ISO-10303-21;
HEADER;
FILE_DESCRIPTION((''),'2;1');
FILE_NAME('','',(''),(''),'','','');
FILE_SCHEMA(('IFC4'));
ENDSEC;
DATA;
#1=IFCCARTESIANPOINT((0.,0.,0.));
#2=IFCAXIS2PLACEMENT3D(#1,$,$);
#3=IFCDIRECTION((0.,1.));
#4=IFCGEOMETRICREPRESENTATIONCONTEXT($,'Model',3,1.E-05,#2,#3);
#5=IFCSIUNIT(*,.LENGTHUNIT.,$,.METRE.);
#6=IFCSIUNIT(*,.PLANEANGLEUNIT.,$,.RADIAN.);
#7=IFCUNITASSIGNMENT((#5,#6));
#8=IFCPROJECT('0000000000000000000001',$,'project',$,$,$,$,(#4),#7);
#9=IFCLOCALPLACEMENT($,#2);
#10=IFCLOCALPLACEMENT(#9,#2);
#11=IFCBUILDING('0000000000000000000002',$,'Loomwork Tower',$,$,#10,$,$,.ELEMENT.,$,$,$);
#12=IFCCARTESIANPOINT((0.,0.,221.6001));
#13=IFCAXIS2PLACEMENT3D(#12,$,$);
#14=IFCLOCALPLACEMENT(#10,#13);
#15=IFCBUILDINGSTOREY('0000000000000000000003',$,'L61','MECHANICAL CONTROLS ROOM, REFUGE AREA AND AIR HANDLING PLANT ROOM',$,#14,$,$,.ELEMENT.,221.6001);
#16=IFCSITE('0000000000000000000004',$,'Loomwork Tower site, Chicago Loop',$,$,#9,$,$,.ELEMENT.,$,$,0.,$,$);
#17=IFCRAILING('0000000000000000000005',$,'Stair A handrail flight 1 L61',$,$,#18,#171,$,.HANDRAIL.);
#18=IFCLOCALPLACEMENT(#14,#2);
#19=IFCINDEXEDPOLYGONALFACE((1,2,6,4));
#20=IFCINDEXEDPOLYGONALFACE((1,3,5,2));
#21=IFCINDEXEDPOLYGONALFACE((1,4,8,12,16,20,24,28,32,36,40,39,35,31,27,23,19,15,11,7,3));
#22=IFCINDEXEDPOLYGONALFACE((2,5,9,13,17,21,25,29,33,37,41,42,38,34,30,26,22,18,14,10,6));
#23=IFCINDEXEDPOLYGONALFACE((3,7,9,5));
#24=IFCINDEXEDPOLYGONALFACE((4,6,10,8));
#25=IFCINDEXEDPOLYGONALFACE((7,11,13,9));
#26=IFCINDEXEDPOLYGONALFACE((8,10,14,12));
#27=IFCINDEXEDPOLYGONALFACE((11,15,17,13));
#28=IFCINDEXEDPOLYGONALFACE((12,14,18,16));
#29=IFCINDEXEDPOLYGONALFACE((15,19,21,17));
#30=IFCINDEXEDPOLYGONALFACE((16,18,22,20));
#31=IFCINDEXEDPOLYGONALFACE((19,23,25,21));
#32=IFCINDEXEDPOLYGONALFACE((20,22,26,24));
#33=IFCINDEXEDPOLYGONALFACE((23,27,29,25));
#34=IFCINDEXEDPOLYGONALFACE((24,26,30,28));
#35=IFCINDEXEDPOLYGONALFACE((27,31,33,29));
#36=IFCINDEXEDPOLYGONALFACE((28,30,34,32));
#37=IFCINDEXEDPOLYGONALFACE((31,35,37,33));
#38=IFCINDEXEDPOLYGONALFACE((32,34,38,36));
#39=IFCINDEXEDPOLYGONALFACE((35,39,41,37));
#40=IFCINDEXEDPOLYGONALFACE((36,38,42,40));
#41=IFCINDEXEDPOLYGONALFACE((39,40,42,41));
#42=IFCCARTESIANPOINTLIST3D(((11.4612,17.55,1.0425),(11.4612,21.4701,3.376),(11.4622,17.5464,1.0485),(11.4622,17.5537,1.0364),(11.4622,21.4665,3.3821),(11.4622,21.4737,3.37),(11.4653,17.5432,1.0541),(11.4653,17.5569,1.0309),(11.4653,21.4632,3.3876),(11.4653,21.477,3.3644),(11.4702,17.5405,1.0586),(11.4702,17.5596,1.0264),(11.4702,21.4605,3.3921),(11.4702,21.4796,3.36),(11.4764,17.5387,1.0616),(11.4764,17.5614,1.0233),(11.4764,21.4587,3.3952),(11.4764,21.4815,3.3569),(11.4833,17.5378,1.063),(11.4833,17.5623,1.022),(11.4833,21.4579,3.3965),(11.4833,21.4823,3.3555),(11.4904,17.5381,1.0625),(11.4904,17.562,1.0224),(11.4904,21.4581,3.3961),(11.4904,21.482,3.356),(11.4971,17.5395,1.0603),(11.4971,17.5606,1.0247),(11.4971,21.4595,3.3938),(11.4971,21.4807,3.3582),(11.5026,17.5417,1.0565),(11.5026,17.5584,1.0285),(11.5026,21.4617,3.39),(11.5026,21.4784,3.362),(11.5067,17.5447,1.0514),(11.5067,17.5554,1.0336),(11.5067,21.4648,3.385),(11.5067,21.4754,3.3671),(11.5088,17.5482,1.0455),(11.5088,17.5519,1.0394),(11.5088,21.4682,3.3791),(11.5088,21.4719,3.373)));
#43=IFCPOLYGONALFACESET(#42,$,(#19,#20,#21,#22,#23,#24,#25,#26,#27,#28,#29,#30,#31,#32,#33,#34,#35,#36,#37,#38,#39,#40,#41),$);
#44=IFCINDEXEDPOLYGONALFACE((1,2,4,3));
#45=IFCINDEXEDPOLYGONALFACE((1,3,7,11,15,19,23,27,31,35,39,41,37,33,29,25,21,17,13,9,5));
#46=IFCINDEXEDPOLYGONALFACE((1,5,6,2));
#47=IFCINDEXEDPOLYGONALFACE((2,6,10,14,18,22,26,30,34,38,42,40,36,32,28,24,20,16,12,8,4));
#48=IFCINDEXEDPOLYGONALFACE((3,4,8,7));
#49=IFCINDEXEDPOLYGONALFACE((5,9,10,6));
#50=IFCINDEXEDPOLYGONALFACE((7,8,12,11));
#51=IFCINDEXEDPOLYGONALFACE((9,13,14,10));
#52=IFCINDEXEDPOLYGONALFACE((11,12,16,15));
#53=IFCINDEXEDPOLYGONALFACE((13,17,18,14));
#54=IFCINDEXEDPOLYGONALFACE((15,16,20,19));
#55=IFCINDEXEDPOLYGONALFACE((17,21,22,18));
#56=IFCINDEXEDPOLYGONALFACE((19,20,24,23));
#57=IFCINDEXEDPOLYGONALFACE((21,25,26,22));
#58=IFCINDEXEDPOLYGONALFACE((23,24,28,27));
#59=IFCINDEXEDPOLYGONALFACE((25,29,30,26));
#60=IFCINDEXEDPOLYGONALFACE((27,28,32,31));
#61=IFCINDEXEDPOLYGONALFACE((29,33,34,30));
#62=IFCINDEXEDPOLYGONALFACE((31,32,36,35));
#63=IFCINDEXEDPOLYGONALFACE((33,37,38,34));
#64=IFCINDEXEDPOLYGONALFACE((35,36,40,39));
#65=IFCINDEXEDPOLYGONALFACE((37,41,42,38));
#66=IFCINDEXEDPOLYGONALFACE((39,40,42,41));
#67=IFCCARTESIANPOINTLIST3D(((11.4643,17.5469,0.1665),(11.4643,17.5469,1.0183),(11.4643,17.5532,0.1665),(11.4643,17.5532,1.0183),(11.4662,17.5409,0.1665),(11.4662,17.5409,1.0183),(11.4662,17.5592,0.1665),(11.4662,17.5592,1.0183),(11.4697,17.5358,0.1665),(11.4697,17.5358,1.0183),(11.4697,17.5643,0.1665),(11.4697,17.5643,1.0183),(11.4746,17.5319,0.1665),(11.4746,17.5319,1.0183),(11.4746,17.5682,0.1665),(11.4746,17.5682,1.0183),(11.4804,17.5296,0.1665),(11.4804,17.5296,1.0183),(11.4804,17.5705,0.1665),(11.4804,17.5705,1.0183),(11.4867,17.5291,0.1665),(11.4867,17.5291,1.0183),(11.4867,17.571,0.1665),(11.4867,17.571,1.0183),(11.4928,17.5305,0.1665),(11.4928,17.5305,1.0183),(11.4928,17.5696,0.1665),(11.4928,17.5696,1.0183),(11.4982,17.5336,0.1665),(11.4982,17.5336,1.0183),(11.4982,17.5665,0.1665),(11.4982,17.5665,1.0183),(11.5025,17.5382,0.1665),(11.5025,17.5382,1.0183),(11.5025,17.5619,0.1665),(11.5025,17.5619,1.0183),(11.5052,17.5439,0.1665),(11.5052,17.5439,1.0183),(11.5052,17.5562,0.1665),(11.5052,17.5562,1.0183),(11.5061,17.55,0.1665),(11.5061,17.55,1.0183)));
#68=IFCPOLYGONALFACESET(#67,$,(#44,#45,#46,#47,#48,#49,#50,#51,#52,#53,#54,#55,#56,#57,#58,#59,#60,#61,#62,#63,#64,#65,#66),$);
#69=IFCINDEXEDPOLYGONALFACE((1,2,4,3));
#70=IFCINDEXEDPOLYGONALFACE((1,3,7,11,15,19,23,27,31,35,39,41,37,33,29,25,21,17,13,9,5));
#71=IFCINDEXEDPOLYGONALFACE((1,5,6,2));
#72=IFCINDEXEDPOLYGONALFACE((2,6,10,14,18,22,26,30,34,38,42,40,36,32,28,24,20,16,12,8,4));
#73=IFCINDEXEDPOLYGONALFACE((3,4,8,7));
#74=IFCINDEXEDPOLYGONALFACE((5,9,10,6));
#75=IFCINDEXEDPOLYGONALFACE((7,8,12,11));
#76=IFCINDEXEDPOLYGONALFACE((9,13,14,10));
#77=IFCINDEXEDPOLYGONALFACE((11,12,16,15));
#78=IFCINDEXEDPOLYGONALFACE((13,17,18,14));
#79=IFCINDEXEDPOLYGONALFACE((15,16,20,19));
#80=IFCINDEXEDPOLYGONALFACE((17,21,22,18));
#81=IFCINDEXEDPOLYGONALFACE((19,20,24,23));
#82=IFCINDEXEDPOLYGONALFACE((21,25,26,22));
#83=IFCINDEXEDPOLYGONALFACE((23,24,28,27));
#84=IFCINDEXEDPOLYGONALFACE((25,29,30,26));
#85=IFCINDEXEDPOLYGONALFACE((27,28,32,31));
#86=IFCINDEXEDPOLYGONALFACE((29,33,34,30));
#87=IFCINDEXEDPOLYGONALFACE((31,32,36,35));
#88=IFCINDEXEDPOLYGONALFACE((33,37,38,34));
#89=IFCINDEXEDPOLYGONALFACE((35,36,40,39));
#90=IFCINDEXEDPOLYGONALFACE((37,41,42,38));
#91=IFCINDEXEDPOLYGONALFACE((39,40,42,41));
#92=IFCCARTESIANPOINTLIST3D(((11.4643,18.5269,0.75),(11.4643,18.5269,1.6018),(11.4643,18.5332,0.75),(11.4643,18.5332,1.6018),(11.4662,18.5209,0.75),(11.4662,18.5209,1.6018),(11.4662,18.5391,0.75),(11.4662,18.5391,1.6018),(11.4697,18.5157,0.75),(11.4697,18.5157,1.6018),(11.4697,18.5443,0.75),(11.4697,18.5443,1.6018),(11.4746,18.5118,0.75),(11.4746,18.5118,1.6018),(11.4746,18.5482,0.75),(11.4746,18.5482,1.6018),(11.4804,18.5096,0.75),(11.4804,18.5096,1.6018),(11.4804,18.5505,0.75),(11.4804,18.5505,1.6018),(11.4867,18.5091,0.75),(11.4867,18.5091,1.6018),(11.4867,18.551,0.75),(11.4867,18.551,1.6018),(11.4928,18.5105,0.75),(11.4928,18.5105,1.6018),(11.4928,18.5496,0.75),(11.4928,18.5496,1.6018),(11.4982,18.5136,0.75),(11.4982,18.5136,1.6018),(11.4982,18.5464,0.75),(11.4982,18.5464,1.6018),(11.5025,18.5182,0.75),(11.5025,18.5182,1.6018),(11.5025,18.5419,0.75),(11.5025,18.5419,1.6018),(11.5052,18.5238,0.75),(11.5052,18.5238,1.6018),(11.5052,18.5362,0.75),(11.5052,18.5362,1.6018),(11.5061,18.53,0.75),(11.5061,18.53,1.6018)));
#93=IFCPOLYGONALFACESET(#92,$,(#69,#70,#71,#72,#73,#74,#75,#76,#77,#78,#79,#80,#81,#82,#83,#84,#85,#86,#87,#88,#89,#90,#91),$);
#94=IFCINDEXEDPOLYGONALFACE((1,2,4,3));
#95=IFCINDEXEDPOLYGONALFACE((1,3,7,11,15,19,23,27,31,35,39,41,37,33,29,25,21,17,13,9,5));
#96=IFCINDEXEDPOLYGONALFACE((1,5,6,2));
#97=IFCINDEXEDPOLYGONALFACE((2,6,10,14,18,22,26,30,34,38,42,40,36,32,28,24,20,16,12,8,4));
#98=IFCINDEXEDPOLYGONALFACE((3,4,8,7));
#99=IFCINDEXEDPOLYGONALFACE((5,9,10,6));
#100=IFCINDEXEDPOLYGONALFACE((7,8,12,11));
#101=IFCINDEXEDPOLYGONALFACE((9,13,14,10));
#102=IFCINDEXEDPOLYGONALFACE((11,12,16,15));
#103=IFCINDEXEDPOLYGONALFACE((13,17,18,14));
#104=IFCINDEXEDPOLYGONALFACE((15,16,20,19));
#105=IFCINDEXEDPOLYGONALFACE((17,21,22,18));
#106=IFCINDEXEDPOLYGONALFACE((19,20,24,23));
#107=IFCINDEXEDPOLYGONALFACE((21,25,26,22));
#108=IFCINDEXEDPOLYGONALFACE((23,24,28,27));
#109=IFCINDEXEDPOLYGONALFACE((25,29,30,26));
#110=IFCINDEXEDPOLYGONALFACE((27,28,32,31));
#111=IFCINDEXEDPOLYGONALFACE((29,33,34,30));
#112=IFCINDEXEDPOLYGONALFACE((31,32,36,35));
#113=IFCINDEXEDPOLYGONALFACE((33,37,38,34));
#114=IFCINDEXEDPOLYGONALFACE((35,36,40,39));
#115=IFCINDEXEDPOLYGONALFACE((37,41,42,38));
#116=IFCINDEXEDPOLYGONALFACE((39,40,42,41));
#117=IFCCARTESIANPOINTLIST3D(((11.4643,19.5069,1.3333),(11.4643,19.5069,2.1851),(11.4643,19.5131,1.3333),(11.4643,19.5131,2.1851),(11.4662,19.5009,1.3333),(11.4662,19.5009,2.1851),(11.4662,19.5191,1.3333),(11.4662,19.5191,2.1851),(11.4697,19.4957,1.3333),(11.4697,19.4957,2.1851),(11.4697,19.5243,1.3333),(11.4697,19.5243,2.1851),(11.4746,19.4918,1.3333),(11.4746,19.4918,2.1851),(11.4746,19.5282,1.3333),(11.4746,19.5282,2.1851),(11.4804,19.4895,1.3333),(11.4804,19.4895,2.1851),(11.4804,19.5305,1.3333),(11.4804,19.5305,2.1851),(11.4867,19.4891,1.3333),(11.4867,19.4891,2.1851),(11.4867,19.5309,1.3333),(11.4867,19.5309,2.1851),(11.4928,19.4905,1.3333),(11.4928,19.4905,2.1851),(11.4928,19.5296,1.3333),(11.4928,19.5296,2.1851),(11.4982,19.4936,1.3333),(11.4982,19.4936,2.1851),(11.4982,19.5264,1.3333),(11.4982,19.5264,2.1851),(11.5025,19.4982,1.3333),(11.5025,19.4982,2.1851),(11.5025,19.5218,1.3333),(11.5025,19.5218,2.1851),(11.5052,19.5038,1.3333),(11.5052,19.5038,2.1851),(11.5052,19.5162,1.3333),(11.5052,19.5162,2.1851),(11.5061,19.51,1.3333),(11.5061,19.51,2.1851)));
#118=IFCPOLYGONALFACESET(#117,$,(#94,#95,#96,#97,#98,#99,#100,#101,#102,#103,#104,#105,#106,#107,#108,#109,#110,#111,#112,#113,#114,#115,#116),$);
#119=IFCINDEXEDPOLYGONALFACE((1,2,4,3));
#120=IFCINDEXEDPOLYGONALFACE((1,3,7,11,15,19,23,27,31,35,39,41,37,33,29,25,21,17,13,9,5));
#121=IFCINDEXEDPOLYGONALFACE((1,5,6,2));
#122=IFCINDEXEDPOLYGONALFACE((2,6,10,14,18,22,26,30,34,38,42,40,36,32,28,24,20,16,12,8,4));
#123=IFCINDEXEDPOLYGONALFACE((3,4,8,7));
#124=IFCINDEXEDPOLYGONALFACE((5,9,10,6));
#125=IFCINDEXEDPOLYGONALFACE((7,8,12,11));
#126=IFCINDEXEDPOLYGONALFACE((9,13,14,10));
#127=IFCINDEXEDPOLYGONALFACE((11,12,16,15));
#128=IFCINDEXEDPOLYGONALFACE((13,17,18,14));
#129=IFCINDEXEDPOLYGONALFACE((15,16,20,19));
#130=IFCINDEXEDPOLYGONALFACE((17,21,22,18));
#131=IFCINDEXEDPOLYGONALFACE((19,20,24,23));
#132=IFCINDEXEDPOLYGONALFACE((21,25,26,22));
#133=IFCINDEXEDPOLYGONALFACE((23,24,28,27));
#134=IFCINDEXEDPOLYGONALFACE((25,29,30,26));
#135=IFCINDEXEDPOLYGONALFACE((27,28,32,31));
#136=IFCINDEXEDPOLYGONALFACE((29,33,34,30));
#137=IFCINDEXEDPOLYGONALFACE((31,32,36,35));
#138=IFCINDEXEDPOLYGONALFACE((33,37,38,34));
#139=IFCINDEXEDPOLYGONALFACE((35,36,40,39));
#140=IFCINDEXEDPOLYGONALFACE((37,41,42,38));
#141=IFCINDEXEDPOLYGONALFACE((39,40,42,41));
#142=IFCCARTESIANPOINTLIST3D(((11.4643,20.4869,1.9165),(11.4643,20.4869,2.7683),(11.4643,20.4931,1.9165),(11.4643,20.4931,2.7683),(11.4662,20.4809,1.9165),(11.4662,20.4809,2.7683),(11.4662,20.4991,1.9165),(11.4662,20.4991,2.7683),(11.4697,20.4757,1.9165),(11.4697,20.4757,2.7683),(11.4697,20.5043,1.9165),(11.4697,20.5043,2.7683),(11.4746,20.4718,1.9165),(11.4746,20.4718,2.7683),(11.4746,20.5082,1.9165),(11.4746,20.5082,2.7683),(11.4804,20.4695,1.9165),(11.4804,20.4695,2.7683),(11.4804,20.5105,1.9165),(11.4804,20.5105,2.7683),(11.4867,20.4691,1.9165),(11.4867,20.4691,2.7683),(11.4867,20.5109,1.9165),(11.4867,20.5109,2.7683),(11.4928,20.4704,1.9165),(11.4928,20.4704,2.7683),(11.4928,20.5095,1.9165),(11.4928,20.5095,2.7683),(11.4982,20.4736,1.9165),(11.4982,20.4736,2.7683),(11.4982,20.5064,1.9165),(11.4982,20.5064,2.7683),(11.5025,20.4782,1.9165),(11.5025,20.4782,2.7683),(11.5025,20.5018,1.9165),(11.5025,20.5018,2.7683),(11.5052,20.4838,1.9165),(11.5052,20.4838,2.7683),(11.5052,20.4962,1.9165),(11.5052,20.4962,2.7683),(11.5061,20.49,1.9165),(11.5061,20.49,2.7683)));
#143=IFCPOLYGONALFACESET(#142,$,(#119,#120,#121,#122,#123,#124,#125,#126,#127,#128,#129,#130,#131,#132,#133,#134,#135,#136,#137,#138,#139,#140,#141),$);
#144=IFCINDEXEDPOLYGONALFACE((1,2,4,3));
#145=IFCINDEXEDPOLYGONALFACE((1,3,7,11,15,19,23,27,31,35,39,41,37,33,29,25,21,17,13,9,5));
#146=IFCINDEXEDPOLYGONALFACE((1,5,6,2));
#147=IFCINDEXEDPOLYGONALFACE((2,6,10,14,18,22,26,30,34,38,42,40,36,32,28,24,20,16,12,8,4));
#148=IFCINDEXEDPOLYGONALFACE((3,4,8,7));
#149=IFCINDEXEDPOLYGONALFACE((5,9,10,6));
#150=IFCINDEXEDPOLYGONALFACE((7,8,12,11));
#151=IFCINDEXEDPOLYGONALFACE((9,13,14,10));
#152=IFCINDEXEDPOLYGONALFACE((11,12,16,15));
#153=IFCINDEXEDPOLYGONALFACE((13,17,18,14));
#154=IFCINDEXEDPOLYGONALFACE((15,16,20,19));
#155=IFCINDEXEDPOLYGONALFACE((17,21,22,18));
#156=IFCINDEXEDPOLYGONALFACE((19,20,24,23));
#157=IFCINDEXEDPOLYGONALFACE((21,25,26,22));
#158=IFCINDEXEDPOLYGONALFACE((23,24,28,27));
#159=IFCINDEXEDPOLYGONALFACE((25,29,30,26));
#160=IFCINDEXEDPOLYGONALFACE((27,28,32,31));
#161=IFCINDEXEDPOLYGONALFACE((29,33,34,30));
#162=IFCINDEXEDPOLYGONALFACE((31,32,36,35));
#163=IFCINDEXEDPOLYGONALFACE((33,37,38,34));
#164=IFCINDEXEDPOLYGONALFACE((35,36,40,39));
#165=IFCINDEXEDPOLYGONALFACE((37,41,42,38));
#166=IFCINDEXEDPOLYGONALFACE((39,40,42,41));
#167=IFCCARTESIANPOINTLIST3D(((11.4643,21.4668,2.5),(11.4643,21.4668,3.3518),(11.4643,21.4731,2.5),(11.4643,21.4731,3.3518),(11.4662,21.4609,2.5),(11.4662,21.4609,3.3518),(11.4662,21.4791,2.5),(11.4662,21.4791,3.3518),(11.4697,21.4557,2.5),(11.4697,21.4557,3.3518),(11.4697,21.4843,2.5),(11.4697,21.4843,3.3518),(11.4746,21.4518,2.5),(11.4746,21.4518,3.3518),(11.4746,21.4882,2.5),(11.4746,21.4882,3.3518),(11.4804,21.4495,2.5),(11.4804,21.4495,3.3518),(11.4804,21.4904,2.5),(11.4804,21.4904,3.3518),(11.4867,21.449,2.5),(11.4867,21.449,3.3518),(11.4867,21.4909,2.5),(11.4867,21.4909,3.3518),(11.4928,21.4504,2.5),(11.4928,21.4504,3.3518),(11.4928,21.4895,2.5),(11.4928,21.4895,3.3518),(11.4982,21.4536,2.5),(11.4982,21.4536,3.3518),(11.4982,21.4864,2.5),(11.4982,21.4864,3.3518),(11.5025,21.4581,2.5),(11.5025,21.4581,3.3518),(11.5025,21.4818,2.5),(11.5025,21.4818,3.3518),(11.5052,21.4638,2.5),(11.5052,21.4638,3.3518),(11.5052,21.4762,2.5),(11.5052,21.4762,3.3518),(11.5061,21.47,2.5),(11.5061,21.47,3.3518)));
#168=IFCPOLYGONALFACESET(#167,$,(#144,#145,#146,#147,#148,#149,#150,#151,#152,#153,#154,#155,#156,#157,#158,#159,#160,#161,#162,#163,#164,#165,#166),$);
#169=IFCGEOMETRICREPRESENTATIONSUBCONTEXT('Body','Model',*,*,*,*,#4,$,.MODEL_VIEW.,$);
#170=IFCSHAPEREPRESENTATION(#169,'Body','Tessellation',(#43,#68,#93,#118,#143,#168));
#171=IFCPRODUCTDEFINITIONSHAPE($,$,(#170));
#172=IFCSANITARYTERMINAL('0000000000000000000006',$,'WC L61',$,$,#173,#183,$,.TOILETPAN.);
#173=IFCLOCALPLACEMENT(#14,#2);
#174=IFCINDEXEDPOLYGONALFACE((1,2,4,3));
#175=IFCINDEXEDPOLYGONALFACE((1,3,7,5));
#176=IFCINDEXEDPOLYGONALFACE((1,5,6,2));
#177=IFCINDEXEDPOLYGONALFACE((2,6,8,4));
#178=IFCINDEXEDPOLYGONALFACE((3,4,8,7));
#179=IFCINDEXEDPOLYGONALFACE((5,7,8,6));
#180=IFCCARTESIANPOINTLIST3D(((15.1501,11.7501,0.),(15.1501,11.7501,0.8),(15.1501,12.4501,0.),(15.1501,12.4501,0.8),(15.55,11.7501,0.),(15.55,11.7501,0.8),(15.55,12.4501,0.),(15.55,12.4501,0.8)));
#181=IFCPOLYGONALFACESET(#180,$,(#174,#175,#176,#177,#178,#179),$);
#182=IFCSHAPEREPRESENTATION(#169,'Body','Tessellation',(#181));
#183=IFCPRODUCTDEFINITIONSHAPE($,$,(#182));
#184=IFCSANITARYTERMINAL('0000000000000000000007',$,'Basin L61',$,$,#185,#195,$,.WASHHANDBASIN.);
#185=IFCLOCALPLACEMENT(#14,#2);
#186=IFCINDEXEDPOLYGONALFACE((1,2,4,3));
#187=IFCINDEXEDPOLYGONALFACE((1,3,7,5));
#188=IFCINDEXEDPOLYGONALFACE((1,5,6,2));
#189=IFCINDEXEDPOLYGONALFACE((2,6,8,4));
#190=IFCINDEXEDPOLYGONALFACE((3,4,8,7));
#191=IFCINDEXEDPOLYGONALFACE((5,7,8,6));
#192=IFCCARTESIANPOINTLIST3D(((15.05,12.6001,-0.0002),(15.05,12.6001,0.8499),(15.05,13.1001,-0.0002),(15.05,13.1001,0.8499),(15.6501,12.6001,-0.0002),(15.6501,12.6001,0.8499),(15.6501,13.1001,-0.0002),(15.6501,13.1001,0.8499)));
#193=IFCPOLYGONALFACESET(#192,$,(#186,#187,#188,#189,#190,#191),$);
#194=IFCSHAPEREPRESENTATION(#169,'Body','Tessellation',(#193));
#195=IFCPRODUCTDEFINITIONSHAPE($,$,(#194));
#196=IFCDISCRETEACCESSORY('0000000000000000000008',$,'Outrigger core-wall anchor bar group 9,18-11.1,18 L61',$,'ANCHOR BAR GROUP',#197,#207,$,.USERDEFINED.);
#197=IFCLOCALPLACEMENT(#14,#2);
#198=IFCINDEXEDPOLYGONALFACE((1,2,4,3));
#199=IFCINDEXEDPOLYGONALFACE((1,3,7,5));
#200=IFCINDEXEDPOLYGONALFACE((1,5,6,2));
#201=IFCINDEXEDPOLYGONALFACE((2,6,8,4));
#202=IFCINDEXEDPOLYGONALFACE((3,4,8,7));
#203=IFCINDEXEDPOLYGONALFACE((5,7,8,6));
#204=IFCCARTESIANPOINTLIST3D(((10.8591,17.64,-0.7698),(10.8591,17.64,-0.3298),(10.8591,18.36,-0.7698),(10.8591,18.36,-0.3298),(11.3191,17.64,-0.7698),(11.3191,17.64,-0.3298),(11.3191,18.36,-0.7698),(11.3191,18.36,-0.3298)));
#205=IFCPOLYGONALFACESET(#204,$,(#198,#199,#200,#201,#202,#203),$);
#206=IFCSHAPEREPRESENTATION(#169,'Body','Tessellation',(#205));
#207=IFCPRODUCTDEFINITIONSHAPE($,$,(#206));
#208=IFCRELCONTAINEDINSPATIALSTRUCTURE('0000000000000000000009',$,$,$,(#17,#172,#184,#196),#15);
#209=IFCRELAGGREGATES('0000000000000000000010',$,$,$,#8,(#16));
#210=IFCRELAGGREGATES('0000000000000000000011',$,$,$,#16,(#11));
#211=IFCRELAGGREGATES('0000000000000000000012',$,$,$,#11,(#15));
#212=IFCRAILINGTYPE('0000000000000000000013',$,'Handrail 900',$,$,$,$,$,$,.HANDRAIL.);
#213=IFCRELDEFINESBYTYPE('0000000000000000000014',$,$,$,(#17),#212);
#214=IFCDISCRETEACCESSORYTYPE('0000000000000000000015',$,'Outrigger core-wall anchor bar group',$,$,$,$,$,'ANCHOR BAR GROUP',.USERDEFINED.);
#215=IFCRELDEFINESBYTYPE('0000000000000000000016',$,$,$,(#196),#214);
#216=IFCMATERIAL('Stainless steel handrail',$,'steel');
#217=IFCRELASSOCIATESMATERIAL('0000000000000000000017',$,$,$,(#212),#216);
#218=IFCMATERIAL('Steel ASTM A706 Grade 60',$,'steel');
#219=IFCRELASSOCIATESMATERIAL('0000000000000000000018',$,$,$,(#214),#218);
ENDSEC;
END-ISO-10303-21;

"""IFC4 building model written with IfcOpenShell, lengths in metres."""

from ifc_helpers import new_model, si_unit, direction, frame, origin, origin_2d, place, context, subcontext, project, spatial, rectangle, circle, extrude, material, type_object, element, save


model = new_model("IFC4")

# Units and contexts
model_context = context("Model", 3, precision=1e-05, world=origin(), true_north=direction((0.0, 1.0)))
body_context = subcontext(model_context, "Body", "Model", "MODEL_VIEW")
ifc_project = project(units=[si_unit("LENGTHUNIT", "METRE"), si_unit("PLANEANGLEUNIT", "RADIAN")], contexts=[model_context])

# Site, building, storey
site_placement = place(None, origin())
site = spatial("IfcSite", under=ifc_project, at=site_placement, Name="Loomwork Tower site, Chicago Loop", CompositionType="ELEMENT", RefElevation=0.0)
building_placement = place(site_placement, origin())
building = spatial("IfcBuilding", under=site, at=building_placement, Name="Loomwork Tower", CompositionType="ELEMENT")
storey_placement = place(building_placement, frame((0.0, 0.0, 221.6001)))
storey = spatial("IfcBuildingStorey", under=building, at=storey_placement, Name="L61", Description="MECHANICAL CONTROLS ROOM, REFUGE AREA AND AIR HANDLING PLANT ROOM", CompositionType="ELEMENT", Elevation=221.6001)

# Railing
ifc_material_1 = material(Name="Stainless steel handrail", Category="steel")
railing_type = type_object("IfcRailingType", Name="Handrail 900", PredefinedType="HANDRAIL", material=ifc_material_1)
railing_placement = place(storey_placement, frame((11.4851, 17.55, 0.1665)))
element("IfcRailing", 1, at=railing_placement, inside=storey, type_object=railing_type, Name="Stair A handrail flight 1 L61", PredefinedType="HANDRAIL", context=body_context, shape_type="SweptSolid", body=[
    extrude(circle(Radius=0.0239, at=origin_2d()), frame((0.0, 0.0, 0.876), z_axis=(0.0, 0.859273, 0.511518), x_axis=(-1.0, 0.0, 0.0)), (0.0, 0.0, 1.0), 4.562),
    extrude(circle(Radius=0.021, at=origin_2d()), origin(), (0.0, 0.0, 1.0), 0.8518),
    extrude(circle(Radius=0.021, at=origin_2d()), frame((0.0, 0.98, 0.5835)), (0.0, 0.0, 1.0), 0.8518),
    extrude(circle(Radius=0.021, at=origin_2d()), frame((0.0, 1.96, 1.1667)), (0.0, 0.0, 1.0), 0.8518),
    extrude(circle(Radius=0.021, at=origin_2d()), frame((0.0, 2.9399, 1.75)), (0.0, 0.0, 1.0), 0.8518),
    extrude(circle(Radius=0.021, at=origin_2d()), frame((0.0, 3.9199, 2.3335)), (0.0, 0.0, 1.0), 0.8518),
])

# Sanitary terminals
sanitary_terminal_1_placement = place(storey_placement, frame((15.3501, 12.1001, 0.0), z_axis=(0.0, 0.0, 1.0), x_axis=(1.0, 0.0, 0.0)))
element("IfcSanitaryTerminal", 2, at=sanitary_terminal_1_placement, inside=storey, Name="WC L61", PredefinedType="TOILETPAN", context=body_context, shape_type="SweptSolid", body=[
    extrude(rectangle(XDim=0.3999, YDim=0.7, at=origin_2d()), origin(), (0.0, 0.0, 1.0), 0.8),
])
sanitary_terminal_2_placement = place(storey_placement, frame((15.3501, 12.8501, -0.0002), z_axis=(0.0, 0.0, 1.0), x_axis=(1.0, 0.0, 0.0)))
element("IfcSanitaryTerminal", 3, at=sanitary_terminal_2_placement, inside=storey, Name="Basin L61", PredefinedType="WASHHANDBASIN", context=body_context, shape_type="SweptSolid", body=[
    extrude(rectangle(XDim=0.6001, YDim=0.5, at=origin_2d()), origin(), (0.0, 0.0, 1.0), 0.8501),
])

# Discrete accessory
ifc_material_2 = material(Name="Steel ASTM A706 Grade 60", Category="steel")
discrete_accessory_type_1 = type_object("IfcDiscreteAccessoryType", Name="Outrigger core-wall anchor bar group", ElementType="ANCHOR BAR GROUP", PredefinedType="USERDEFINED", material=ifc_material_2)
discrete_accessory_1_placement = place(storey_placement, frame((11.0891, 18.0, -0.7698), z_axis=(0.0, 0.0, 1.0), x_axis=(1.0, 0.0, 0.0)))
element("IfcDiscreteAccessory", 4, at=discrete_accessory_1_placement, inside=storey, type_object=discrete_accessory_type_1, Name="Outrigger core-wall anchor bar group 9,18-11.1,18 L61", ObjectType="ANCHOR BAR GROUP", PredefinedType="USERDEFINED", context=body_context, shape_type="SweptSolid", body=[
    extrude(rectangle(XDim=0.46, YDim=0.72, at=origin_2d()), origin(), (0.0, 0.0, 1.0), 0.4399),
])

save(model, "model.ifc")
